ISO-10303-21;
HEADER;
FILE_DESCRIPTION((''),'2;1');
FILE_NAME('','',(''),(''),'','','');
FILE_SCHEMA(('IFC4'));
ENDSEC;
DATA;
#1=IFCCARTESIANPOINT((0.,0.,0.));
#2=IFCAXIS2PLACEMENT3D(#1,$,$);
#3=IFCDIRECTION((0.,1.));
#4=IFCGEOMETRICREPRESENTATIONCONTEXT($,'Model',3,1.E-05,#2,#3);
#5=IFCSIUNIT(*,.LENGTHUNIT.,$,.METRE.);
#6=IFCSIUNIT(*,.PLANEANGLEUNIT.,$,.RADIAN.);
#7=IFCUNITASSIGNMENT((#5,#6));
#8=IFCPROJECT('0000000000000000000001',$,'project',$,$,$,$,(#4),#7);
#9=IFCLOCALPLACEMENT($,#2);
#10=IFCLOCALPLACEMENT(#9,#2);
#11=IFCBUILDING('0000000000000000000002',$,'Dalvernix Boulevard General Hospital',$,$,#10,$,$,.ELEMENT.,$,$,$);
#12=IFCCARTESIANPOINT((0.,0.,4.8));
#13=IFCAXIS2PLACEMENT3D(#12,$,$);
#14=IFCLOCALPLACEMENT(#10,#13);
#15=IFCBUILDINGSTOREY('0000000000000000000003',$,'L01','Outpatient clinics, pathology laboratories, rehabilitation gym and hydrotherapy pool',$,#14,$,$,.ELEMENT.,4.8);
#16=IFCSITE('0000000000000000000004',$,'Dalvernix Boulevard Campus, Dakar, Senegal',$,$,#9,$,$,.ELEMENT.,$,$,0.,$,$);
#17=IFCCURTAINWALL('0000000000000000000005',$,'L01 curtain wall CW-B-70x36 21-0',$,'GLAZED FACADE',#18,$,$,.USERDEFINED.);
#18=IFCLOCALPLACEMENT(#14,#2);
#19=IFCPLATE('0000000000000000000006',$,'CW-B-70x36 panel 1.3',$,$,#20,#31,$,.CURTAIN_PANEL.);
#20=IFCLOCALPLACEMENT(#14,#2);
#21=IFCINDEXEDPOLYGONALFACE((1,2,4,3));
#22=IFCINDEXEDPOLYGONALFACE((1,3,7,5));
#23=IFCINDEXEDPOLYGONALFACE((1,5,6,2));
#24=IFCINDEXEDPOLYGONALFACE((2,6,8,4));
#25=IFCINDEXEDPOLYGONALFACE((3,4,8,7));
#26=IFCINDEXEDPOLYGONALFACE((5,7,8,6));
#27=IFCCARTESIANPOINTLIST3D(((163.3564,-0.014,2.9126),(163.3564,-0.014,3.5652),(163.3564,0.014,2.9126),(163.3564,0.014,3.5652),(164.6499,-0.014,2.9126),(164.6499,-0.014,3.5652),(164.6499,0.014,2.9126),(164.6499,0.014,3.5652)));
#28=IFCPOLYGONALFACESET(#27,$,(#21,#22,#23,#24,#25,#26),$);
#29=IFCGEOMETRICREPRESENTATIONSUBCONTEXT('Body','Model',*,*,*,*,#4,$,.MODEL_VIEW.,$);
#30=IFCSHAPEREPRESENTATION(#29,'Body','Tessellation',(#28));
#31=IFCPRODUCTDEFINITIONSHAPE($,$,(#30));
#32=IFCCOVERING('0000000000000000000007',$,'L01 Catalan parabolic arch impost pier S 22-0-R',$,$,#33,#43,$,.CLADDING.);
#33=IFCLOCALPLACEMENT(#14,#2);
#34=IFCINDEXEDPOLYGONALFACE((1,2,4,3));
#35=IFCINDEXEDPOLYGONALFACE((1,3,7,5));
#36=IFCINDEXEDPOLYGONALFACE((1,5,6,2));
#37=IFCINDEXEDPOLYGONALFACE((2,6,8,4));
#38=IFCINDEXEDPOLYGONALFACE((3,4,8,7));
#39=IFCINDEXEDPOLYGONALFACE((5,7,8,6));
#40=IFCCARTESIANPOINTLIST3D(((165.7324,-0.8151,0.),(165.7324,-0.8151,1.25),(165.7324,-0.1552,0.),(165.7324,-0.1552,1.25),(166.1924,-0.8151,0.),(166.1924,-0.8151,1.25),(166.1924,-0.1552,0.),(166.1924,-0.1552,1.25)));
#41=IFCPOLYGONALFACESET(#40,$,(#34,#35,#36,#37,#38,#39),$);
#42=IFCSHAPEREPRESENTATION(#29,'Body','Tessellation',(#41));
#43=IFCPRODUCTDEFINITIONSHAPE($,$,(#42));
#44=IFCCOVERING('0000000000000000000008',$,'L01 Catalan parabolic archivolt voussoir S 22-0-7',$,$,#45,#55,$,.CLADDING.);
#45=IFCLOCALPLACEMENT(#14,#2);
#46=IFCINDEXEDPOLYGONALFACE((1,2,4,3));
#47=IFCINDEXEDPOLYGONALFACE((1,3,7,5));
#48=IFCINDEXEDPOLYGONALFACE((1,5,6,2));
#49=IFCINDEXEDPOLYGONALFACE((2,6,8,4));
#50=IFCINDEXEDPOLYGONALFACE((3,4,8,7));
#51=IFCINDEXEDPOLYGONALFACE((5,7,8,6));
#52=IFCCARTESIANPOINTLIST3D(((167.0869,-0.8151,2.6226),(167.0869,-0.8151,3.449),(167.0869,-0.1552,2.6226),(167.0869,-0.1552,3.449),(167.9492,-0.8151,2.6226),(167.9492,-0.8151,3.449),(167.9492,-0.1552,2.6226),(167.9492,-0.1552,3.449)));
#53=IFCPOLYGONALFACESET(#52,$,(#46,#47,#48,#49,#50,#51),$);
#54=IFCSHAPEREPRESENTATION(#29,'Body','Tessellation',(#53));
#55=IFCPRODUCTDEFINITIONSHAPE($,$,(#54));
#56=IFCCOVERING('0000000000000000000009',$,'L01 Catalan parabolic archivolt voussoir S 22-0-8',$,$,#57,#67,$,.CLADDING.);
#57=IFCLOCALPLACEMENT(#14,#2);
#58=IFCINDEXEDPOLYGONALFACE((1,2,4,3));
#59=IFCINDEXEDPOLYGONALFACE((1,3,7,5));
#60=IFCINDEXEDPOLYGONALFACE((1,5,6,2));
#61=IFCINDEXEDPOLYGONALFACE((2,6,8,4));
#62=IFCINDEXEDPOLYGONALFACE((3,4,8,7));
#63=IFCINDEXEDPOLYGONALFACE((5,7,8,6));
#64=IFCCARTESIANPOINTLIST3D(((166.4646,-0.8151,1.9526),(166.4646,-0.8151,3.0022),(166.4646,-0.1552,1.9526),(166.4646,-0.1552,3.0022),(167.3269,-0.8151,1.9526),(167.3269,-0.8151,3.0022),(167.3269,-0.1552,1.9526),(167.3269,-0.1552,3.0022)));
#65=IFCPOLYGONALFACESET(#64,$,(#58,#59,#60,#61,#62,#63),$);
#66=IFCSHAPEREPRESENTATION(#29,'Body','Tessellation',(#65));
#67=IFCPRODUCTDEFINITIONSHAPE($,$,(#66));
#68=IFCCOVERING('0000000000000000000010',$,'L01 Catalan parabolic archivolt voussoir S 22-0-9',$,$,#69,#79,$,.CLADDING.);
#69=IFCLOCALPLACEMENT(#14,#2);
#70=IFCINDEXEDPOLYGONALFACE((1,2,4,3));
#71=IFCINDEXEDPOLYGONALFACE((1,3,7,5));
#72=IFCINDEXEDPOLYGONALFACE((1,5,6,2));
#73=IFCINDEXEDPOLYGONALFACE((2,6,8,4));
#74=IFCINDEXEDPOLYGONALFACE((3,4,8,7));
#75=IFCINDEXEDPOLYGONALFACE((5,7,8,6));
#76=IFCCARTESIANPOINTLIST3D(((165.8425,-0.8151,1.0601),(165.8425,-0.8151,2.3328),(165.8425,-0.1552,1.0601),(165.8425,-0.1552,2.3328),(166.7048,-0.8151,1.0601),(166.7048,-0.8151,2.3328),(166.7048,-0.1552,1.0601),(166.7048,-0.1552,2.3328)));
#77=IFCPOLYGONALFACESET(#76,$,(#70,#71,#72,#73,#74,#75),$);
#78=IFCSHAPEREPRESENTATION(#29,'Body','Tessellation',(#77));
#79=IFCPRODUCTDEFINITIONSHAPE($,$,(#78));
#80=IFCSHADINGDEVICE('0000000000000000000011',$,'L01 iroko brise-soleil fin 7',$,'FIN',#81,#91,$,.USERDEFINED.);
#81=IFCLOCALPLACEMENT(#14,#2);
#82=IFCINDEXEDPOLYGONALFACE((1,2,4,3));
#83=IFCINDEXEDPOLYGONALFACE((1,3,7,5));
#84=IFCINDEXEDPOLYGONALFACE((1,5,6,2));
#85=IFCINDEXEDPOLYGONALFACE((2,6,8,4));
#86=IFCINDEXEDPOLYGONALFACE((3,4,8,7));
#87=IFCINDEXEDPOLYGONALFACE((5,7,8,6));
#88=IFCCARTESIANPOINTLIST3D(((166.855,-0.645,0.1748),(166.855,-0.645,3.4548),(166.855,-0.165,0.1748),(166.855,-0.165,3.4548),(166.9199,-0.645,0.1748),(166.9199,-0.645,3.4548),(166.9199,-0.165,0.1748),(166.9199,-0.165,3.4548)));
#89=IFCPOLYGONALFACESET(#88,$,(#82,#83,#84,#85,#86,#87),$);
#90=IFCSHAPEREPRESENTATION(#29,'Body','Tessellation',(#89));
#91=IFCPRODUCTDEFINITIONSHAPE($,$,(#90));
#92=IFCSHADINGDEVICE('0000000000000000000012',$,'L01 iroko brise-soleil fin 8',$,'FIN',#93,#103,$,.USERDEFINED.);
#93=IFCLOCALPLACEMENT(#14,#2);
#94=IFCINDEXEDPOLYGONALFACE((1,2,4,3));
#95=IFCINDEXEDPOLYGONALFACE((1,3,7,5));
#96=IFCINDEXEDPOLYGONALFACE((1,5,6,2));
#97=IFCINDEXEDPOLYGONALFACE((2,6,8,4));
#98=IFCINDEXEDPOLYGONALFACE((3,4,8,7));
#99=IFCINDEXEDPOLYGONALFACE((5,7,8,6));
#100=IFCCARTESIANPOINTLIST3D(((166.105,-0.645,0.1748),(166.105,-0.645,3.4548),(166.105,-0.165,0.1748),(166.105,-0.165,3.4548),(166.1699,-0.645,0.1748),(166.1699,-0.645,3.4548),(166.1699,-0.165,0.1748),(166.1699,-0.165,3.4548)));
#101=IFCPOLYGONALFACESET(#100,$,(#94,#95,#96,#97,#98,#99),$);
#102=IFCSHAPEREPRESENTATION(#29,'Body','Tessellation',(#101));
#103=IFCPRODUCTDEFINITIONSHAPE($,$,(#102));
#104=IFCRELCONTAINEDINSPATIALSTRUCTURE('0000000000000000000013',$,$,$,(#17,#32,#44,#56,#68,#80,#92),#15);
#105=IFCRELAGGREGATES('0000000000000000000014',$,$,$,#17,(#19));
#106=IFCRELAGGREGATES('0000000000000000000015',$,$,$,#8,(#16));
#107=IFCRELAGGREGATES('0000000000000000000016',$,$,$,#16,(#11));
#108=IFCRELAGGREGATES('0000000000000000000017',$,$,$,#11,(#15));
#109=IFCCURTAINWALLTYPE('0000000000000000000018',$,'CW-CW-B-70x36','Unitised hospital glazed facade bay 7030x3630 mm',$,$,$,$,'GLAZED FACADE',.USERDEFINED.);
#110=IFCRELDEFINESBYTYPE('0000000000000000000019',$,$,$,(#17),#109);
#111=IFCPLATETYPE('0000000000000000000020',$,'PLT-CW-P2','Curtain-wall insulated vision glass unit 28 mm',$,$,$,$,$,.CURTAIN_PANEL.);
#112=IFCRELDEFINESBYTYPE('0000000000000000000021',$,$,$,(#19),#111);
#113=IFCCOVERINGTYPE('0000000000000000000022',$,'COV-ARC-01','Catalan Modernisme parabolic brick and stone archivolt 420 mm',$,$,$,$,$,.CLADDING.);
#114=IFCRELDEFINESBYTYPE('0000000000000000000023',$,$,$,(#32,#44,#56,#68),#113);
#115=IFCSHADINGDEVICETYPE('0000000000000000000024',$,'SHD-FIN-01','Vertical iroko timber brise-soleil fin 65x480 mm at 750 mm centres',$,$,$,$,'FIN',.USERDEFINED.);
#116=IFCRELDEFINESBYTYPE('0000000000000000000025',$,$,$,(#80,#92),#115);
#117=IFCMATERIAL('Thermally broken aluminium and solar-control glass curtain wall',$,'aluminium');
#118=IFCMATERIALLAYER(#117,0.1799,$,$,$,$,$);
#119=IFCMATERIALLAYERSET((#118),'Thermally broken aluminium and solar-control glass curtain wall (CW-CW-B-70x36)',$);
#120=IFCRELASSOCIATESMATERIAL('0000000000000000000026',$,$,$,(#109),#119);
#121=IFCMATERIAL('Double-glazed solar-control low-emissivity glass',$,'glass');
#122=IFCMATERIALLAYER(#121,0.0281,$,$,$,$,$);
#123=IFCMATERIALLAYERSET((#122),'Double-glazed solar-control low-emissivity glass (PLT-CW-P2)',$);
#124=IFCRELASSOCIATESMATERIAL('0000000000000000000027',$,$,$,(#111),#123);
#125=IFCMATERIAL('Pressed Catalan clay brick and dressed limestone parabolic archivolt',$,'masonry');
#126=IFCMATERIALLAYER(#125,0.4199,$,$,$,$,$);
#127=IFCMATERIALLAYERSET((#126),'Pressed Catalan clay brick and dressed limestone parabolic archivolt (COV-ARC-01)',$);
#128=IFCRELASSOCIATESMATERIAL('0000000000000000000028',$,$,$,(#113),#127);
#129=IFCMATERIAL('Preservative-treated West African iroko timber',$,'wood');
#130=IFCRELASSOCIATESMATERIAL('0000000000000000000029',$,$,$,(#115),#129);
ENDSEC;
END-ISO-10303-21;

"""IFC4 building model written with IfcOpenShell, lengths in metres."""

from ifc_helpers import new_model, si_unit, direction, frame, origin, origin_2d, place, context, subcontext, project, spatial, rectangle, extrude, material, layer, layer_set, type_object, element, aggregate, save


model = new_model("IFC4")

# Units and contexts
model_context = context("Model", 3, precision=1e-05, world=origin(), true_north=direction((0.0, 1.0)))
body_context = subcontext(model_context, "Body", "Model", "MODEL_VIEW")
ifc_project = project(units=[si_unit("LENGTHUNIT", "METRE"), si_unit("PLANEANGLEUNIT", "RADIAN")], contexts=[model_context])

# Site, building, storey
site_placement = place(None, origin())
site = spatial("IfcSite", under=ifc_project, at=site_placement, Name="Dalvernix Boulevard Campus, Dakar, Senegal", CompositionType="ELEMENT", RefElevation=0.0)
building_placement = place(site_placement, origin())
building = spatial("IfcBuilding", under=site, at=building_placement, Name="Dalvernix Boulevard General Hospital", CompositionType="ELEMENT")
storey_placement = place(building_placement, frame((0.0, 0.0, 4.8)))
storey = spatial("IfcBuildingStorey", under=building, at=storey_placement, Name="L01", Description="Outpatient clinics, pathology laboratories, rehabilitation gym and hydrotherapy pool", CompositionType="ELEMENT", Elevation=4.8)

# Curtain wall, plate
ifc_material_1 = material(Name="Thermally broken aluminium and solar-control glass curtain wall", Category="aluminium")
ifc_layer_1 = layer(ifc_material_1, 0.1799)
ifc_layer_set_1 = layer_set([ifc_layer_1], Name="Thermally broken aluminium and solar-control glass curtain wall (CW-CW-B-70x36)")
curtain_wall_type = type_object("IfcCurtainWallType", Name="CW-CW-B-70x36", Description="Unitised hospital glazed facade bay 7030x3630 mm", ElementType="GLAZED FACADE", PredefinedType="USERDEFINED", material=ifc_layer_set_1)
curtain_wall_placement = place(storey_placement, origin())
curtain_wall = element("IfcCurtainWall", 1, at=curtain_wall_placement, inside=storey, type_object=curtain_wall_type, Name="L01 curtain wall CW-B-70x36 21-0", ObjectType="GLAZED FACADE", PredefinedType="USERDEFINED")
ifc_material_2 = material(Name="Double-glazed solar-control low-emissivity glass", Category="glass")
ifc_layer_2 = layer(ifc_material_2, 0.0281)
ifc_layer_set_2 = layer_set([ifc_layer_2], Name="Double-glazed solar-control low-emissivity glass (PLT-CW-P2)")
plate_type = type_object("IfcPlateType", Name="PLT-CW-P2", Description="Curtain-wall insulated vision glass unit 28 mm", PredefinedType="CURTAIN_PANEL", material=ifc_layer_set_2)
plate_1_placement = place(storey_placement, frame((164.0032, 0.0, 2.9126), z_axis=(0.0, 0.0, 1.0), x_axis=(-1.0, 0.0, 0.0)))
plate_1 = element("IfcPlate", 2, at=plate_1_placement, type_object=plate_type, Name="CW-B-70x36 panel 1.3", PredefinedType="CURTAIN_PANEL", context=body_context, shape_type="SweptSolid", body=[
    extrude(rectangle(XDim=1.2935, YDim=0.0281, at=origin_2d()), origin(), (0.0, 0.0, 1.0), 0.6526),
])
aggregate(curtain_wall, [plate_1])

# Coverings
ifc_material_3 = material(Name="Pressed Catalan clay brick and dressed limestone parabolic archivolt", Category="masonry")
ifc_layer_3 = layer(ifc_material_3, 0.4199)
ifc_layer_set_3 = layer_set([ifc_layer_3], Name="Pressed Catalan clay brick and dressed limestone parabolic archivolt (COV-ARC-01)")
covering_type = type_object("IfcCoveringType", Name="COV-ARC-01", Description="Catalan Modernisme parabolic brick and stone archivolt 420 mm", PredefinedType="CLADDING", material=ifc_layer_set_3)
covering_1_placement = place(storey_placement, frame((165.9624, -0.4851, 0.0), z_axis=(0.0, 0.0, 1.0), x_axis=(-1.0, 0.0, 0.0)))
element("IfcCovering", 3, at=covering_1_placement, inside=storey, type_object=covering_type, Name="L01 Catalan parabolic arch impost pier S 22-0-R", PredefinedType="CLADDING", context=body_context, shape_type="SweptSolid", body=[
    extrude(rectangle(XDim=0.46, YDim=0.6599, at=origin_2d()), origin(), (0.0, 0.0, 1.0), 1.25),
])
covering_2_placement = place(storey_placement, frame((167.5181, -0.4851, 2.6226), z_axis=(0.0, 0.0, 1.0), x_axis=(-1.0, 0.0, 0.0)))
element("IfcCovering", 4, at=covering_2_placement, inside=storey, type_object=covering_type, Name="L01 Catalan parabolic archivolt voussoir S 22-0-7", PredefinedType="CLADDING", context=body_context, shape_type="SweptSolid", body=[
    extrude(rectangle(XDim=0.8623, YDim=0.6599, at=origin_2d()), origin(), (0.0, 0.0, 1.0), 0.8264),
])
covering_3_placement = place(storey_placement, frame((166.8958, -0.4851, 1.9526), z_axis=(0.0, 0.0, 1.0), x_axis=(-1.0, 0.0, 0.0)))
element("IfcCovering", 5, at=covering_3_placement, inside=storey, type_object=covering_type, Name="L01 Catalan parabolic archivolt voussoir S 22-0-8", PredefinedType="CLADDING", context=body_context, shape_type="SweptSolid", body=[
    extrude(rectangle(XDim=0.8623, YDim=0.6599, at=origin_2d()), origin(), (0.0, 0.0, 1.0), 1.0496),
])
covering_4_placement = place(storey_placement, frame((166.2737, -0.4851, 1.0601), z_axis=(0.0, 0.0, 1.0), x_axis=(-1.0, 0.0, 0.0)))
element("IfcCovering", 6, at=covering_4_placement, inside=storey, type_object=covering_type, Name="L01 Catalan parabolic archivolt voussoir S 22-0-9", PredefinedType="CLADDING", context=body_context, shape_type="SweptSolid", body=[
    extrude(rectangle(XDim=0.8623, YDim=0.6599, at=origin_2d()), origin(), (0.0, 0.0, 1.0), 1.2727),
])

# Shading devices
ifc_material_4 = material(Name="Preservative-treated West African iroko timber", Category="wood")
shading_device_type = type_object("IfcShadingDeviceType", Name="SHD-FIN-01", Description="Vertical iroko timber brise-soleil fin 65x480 mm at 750 mm centres", ElementType="FIN", PredefinedType="USERDEFINED", material=ifc_material_4)
for number, where, z_axis, x_axis, name in (
    (7, (166.8875, -0.405, 0.1748), (0.0, 0.0, 1.0), (-1.0, 0.0, 0.0), "L01 iroko brise-soleil fin 7"),
    (8, (166.1375, -0.405, 0.1748), (0.0, 0.0, 1.0), (-1.0, 0.0, 0.0), "L01 iroko brise-soleil fin 8"),
):
    element("IfcShadingDevice", number, at=place(storey_placement, frame(where, z_axis=z_axis, x_axis=x_axis)), inside=storey, type_object=shading_device_type, Name=name, ObjectType="FIN", PredefinedType="USERDEFINED", context=body_context, shape_type="SweptSolid", body=[
        extrude(rectangle(XDim=0.0649, YDim=0.48, at=origin_2d()), origin(), (0.0, 0.0, 1.0), 3.28),
    ])

save(model, "model.ifc")
